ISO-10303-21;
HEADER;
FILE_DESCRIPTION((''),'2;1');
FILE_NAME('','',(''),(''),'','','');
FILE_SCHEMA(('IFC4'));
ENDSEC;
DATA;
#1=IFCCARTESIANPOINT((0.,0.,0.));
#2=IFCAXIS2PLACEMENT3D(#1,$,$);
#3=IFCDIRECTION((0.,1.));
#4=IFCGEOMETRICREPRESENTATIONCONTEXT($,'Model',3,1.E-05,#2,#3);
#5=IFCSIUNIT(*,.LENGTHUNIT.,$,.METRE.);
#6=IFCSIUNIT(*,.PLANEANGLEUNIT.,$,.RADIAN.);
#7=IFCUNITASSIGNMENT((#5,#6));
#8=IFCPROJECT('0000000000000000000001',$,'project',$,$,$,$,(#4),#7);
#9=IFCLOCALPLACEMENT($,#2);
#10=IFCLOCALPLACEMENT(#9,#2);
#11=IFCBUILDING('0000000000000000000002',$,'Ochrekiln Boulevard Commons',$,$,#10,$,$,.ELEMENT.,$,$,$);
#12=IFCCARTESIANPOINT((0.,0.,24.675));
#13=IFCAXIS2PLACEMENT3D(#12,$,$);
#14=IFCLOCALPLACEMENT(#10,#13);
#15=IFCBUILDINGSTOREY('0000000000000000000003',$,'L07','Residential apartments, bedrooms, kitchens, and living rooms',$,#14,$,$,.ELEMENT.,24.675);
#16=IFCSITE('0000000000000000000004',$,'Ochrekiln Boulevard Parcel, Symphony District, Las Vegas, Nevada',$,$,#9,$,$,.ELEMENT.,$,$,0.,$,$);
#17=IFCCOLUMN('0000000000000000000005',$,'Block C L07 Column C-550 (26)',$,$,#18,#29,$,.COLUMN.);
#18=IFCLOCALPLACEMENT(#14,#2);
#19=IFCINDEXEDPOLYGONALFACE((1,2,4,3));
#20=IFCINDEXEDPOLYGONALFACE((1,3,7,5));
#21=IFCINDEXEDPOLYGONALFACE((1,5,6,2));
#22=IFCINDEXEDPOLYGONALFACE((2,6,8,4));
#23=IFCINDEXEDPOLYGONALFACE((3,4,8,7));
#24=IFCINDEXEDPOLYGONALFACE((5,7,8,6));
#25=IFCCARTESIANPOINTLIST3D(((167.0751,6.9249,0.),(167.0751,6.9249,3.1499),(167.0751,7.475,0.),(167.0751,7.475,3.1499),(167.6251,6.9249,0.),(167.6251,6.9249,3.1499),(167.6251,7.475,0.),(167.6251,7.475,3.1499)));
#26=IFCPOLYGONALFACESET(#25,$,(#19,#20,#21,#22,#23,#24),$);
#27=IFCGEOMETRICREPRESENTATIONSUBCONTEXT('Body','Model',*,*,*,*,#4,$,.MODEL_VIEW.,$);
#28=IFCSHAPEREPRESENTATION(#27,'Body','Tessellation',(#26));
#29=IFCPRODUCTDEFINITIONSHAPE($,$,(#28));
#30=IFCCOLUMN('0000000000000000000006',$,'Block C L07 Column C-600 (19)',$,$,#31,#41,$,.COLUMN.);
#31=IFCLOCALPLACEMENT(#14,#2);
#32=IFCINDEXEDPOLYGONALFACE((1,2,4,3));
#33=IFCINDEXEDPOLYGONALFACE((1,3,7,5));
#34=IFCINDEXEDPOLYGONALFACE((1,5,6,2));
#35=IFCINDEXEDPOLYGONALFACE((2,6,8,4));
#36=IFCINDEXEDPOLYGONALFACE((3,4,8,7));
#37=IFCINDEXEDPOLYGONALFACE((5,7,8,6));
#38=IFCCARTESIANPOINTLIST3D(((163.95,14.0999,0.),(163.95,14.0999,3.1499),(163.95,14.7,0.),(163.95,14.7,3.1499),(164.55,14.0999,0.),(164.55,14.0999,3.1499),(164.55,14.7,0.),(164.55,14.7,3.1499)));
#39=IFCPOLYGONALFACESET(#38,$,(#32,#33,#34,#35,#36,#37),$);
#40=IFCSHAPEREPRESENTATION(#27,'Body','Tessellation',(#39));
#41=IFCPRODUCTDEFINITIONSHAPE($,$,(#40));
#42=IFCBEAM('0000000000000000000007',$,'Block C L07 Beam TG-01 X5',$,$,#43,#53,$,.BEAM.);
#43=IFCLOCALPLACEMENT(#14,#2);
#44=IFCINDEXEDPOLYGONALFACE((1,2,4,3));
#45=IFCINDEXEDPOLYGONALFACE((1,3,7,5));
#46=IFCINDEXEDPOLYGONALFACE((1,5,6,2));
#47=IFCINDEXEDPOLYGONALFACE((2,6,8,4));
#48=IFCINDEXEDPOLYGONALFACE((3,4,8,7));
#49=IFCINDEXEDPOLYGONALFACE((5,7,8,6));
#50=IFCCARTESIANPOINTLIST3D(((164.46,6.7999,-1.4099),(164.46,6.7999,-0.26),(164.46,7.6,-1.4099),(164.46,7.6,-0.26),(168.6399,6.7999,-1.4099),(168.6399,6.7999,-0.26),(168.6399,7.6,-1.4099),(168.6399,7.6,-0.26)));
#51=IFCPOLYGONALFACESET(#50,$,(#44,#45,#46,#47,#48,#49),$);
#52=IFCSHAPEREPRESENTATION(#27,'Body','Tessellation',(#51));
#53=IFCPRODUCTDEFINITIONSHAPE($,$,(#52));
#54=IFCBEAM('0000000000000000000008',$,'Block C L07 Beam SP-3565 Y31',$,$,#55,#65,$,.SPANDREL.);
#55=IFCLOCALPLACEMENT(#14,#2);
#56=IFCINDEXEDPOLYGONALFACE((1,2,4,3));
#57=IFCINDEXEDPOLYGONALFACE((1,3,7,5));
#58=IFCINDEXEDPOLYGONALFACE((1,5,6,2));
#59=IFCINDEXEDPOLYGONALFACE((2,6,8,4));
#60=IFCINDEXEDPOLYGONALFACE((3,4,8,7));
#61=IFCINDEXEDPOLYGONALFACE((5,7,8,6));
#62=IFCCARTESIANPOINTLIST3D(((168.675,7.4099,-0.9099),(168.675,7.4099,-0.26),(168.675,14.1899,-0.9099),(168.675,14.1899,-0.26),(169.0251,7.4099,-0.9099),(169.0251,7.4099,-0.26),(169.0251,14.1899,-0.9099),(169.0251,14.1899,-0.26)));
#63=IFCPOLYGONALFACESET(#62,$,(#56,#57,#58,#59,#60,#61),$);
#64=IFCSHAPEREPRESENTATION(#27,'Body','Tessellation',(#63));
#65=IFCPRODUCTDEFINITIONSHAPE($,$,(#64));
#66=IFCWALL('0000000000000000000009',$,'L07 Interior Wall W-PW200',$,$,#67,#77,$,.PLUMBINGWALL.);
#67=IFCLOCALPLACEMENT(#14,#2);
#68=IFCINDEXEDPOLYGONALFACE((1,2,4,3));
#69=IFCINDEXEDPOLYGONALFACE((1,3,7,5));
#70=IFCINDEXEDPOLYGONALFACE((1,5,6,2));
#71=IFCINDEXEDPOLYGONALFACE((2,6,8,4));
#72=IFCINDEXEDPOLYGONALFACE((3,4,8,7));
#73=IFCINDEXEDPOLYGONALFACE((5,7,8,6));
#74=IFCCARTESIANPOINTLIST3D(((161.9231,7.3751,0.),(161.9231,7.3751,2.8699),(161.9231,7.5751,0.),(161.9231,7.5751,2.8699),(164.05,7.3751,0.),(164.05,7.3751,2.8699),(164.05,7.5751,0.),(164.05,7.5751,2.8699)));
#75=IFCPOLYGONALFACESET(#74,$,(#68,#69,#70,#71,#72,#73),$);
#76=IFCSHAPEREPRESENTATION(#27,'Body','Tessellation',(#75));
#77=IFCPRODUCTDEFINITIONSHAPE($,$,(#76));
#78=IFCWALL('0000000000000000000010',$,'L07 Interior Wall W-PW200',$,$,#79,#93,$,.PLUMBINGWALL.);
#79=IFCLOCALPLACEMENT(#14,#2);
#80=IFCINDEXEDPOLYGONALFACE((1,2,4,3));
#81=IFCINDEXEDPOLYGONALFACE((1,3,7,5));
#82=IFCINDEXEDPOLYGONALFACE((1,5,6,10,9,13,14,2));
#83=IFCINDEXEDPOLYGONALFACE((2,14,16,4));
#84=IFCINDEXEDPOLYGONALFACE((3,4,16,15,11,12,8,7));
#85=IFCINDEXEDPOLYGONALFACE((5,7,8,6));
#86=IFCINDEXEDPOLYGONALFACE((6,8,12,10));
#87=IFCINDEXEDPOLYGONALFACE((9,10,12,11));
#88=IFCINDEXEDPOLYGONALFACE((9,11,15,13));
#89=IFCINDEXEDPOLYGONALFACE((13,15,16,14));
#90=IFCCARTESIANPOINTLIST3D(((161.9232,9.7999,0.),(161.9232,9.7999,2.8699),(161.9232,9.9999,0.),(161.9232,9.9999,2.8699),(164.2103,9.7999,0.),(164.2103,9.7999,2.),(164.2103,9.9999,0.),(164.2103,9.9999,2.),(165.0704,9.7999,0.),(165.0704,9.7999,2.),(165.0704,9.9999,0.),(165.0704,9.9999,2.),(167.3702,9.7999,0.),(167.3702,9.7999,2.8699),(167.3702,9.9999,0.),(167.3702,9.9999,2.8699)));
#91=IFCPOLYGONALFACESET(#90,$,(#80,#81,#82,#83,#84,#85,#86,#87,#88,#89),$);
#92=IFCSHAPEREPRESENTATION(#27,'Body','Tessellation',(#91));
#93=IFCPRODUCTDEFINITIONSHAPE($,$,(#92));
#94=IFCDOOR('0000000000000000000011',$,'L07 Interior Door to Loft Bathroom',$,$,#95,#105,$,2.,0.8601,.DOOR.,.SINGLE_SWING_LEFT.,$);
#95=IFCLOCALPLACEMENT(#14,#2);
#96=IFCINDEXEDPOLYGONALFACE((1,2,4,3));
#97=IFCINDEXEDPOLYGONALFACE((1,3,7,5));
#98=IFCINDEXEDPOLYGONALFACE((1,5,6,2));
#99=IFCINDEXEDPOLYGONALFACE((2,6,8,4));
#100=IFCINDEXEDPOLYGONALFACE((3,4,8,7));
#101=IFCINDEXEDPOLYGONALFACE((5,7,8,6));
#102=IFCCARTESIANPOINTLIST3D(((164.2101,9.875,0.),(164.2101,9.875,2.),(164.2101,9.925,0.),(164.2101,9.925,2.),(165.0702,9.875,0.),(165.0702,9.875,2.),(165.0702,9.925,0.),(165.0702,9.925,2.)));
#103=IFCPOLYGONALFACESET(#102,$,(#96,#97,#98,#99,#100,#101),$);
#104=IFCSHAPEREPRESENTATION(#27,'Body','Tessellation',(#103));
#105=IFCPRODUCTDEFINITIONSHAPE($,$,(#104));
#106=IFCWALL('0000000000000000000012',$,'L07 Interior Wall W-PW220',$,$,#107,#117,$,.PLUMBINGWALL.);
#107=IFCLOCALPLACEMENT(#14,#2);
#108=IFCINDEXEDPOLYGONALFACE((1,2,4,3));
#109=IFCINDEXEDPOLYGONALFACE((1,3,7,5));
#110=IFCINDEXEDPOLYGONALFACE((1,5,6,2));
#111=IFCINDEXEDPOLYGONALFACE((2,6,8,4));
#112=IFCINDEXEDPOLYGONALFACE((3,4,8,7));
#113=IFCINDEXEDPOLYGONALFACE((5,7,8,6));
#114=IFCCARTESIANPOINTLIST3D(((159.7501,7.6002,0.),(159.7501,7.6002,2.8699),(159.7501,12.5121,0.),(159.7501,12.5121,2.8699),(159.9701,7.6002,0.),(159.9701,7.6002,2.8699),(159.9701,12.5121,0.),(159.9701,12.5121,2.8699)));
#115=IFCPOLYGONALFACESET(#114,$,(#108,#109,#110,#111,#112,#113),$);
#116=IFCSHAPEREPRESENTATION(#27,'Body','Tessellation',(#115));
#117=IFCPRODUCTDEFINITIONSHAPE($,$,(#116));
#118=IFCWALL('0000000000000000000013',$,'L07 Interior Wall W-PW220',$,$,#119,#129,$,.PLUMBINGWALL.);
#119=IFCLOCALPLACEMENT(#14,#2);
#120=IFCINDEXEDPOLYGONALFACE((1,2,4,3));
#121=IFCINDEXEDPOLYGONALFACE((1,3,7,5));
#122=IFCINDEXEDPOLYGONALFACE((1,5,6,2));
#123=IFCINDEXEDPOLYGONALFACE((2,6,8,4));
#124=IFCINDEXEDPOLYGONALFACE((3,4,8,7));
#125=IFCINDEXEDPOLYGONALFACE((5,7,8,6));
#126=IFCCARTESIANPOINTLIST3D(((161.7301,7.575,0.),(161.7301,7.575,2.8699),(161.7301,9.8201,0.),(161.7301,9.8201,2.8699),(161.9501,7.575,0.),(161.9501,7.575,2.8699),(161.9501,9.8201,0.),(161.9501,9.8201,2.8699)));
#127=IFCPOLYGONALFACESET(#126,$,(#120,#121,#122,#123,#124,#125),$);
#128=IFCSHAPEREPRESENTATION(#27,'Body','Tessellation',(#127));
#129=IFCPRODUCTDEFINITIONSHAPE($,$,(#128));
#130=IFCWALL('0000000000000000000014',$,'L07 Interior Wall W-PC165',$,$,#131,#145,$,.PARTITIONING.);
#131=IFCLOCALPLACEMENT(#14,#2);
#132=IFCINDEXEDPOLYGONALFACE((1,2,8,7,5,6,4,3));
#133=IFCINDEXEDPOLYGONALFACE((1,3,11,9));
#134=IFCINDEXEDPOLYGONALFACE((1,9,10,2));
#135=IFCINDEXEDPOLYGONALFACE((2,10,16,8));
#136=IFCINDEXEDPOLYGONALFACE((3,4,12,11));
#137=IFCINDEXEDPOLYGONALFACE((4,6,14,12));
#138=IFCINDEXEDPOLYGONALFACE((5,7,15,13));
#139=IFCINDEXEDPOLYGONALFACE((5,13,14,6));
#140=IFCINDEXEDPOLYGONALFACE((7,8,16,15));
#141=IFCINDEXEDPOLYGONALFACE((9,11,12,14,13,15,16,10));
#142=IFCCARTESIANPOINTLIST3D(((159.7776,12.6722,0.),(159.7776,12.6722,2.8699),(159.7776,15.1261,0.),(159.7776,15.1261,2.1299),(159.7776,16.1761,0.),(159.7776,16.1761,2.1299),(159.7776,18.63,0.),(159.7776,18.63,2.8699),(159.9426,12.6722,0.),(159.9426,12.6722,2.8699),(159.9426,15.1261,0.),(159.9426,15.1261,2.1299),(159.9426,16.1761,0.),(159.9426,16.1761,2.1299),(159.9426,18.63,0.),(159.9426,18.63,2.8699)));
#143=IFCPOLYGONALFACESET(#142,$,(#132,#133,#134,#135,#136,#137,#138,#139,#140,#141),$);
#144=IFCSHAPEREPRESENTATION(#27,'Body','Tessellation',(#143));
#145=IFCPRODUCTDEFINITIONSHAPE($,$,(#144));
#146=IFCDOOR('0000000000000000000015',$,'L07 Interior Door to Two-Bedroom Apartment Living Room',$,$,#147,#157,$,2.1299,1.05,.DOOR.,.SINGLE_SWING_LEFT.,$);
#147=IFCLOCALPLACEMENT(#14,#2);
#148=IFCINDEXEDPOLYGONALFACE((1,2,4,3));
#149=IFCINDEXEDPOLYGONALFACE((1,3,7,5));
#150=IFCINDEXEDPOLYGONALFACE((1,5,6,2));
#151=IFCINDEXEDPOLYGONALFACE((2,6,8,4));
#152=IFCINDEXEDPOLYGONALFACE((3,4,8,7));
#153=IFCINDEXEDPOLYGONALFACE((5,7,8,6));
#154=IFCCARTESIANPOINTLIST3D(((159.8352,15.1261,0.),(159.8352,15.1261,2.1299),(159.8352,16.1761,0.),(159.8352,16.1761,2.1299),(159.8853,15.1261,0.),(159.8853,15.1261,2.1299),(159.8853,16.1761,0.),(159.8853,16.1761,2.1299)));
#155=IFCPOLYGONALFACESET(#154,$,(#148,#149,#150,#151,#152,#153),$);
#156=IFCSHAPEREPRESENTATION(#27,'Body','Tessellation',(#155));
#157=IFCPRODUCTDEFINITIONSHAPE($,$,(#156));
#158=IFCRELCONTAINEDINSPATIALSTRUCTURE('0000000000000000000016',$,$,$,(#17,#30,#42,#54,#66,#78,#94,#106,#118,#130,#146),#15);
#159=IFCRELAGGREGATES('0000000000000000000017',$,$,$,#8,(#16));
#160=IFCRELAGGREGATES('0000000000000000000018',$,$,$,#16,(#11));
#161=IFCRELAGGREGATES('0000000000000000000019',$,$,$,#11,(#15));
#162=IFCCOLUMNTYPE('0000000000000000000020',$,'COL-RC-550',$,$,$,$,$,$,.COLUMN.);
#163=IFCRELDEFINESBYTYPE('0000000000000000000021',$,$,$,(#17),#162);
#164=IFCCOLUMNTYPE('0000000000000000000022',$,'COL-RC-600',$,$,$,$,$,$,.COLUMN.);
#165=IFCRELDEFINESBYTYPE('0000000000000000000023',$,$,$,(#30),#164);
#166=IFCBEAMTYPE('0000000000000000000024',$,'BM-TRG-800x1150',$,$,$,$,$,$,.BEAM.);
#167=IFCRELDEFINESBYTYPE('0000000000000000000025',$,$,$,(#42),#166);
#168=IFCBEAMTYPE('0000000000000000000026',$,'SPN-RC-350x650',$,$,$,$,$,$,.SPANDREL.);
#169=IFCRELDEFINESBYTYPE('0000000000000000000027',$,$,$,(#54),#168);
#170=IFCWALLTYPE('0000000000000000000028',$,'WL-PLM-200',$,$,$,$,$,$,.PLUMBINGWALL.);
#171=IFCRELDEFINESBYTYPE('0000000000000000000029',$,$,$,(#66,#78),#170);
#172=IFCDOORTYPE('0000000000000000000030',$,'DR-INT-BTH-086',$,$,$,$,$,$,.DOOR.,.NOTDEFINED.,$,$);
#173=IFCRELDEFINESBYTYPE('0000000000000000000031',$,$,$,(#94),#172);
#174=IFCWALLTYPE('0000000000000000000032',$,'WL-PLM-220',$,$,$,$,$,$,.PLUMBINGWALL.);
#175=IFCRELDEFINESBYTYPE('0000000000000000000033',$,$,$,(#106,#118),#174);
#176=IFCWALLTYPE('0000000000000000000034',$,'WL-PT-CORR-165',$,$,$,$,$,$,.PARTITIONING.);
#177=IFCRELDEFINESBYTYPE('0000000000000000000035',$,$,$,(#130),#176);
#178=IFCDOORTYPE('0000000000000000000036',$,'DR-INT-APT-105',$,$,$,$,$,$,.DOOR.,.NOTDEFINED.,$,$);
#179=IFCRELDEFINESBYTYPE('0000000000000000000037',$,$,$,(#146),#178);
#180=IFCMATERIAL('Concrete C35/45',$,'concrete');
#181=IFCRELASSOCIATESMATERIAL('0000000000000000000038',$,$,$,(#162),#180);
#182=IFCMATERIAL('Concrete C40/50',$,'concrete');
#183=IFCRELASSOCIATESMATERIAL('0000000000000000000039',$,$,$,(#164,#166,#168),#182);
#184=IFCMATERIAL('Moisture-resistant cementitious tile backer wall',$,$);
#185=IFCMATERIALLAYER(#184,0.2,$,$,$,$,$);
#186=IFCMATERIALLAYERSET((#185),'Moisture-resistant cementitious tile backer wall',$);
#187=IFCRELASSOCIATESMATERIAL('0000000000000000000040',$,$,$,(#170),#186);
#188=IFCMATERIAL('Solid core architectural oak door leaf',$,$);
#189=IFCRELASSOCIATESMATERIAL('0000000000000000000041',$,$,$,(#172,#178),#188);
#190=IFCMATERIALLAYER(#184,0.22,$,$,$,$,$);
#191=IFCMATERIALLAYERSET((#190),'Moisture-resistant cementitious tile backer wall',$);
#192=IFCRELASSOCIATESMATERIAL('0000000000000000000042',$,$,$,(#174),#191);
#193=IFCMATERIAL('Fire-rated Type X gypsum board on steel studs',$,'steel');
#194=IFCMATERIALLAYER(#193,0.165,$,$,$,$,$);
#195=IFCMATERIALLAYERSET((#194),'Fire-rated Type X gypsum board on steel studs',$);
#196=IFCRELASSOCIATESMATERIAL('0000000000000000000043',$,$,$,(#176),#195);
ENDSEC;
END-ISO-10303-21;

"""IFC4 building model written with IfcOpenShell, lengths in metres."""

from ifc_helpers import new_model, si_unit, direction, frame, frame_2d, origin, origin_2d, place, context, subcontext, project, spatial, rectangle, extrude, material, layer, layer_set, material_profile, profile_set, type_object, element, fill, save


model = new_model("IFC4")

# Units and contexts
model_context = context("Model", 3, precision=1e-05, world=origin(), true_north=direction((0.0, 1.0)))
body_context = subcontext(model_context, "Body", "Model", "MODEL_VIEW")
ifc_project = project(units=[si_unit("LENGTHUNIT", "METRE"), si_unit("PLANEANGLEUNIT", "RADIAN")], contexts=[model_context])

# Site, building, storey
site_placement = place(None, origin())
site = spatial("IfcSite", under=ifc_project, at=site_placement, Name="Ochrekiln Boulevard Parcel, Symphony District, Las Vegas, Nevada", CompositionType="ELEMENT", RefElevation=0.0)
building_placement = place(site_placement, origin())
building = spatial("IfcBuilding", under=site, at=building_placement, Name="Ochrekiln Boulevard Commons", CompositionType="ELEMENT")
storey_placement = place(building_placement, frame((0.0, 0.0, 24.675)))
storey = spatial("IfcBuildingStorey", under=building, at=storey_placement, Name="L07", Description="Residential apartments, bedrooms, kitchens, and living rooms", CompositionType="ELEMENT", Elevation=24.675)

# Columns
ifc_material_1 = material(Name="Concrete C35/45", Category="concrete")
ifc_material_profile_1 = material_profile(ifc_material_1, rectangle(XDim=0.55, YDim=0.55, at=origin_2d()), Name="RC-COL-550x550")
ifc_profile_set_1 = profile_set([ifc_material_profile_1], Name="Concrete C35/45")
column_type_1 = type_object("IfcColumnType", Name="COL-RC-550", PredefinedType="COLUMN", material=ifc_profile_set_1)
column_1_placement = place(storey_placement, frame((167.3501, 7.2, 0.0), z_axis=(0.0, 0.0, 1.0), x_axis=(1.0, 0.0, 0.0)))
element("IfcColumn", 1, at=column_1_placement, inside=storey, type_object=column_type_1, Name="Block C L07 Column C-550 (26)", PredefinedType="COLUMN", context=body_context, shape_type="SweptSolid", body=[
    extrude(rectangle(XDim=0.55, YDim=0.55, at=origin_2d()), origin(), (0.0, 0.0, 1.0), 3.1499),
])
ifc_material_2 = material(Name="Concrete C40/50", Category="concrete")
ifc_material_profile_2 = material_profile(ifc_material_2, rectangle(XDim=0.6001, YDim=0.6001, at=origin_2d()), Name="RC-COL-600x600")
ifc_profile_set_2 = profile_set([ifc_material_profile_2], Name="Concrete C40/50")
column_type_2 = type_object("IfcColumnType", Name="COL-RC-600", PredefinedType="COLUMN", material=ifc_profile_set_2)
column_2_placement = place(storey_placement, frame((164.25, 14.3999, 0.0), z_axis=(0.0, 0.0, 1.0), x_axis=(1.0, 0.0, 0.0)))
element("IfcColumn", 2, at=column_2_placement, inside=storey, type_object=column_type_2, Name="Block C L07 Column C-600 (19)", PredefinedType="COLUMN", context=body_context, shape_type="SweptSolid", body=[
    extrude(rectangle(XDim=0.6001, YDim=0.6001, at=origin_2d()), origin(), (0.0, 0.0, 1.0), 3.1499),
])

# Beams
ifc_material_profile_3 = material_profile(ifc_material_2, rectangle(XDim=0.8, YDim=1.1499, at=origin_2d()), Name="RC-TRG-800x1150")
ifc_profile_set_3 = profile_set([ifc_material_profile_3], Name="Concrete C40/50")
beam_type_1 = type_object("IfcBeamType", Name="BM-TRG-800x1150", PredefinedType="BEAM", material=ifc_profile_set_3)
beam_1_placement = place(storey_placement, frame((164.46, 7.2, -0.835), z_axis=(1.0, 0.0, 0.0), x_axis=(0.0, 1.0, 0.0)))
element("IfcBeam", 3, at=beam_1_placement, inside=storey, type_object=beam_type_1, Name="Block C L07 Beam TG-01 X5", PredefinedType="BEAM", context=body_context, shape_type="SweptSolid", body=[
    extrude(rectangle(XDim=0.8, YDim=1.1499, at=origin_2d()), origin(), (0.0, 0.0, 1.0), 4.1799),
])
ifc_material_profile_4 = material_profile(ifc_material_2, rectangle(XDim=0.3501, YDim=0.6499, at=origin_2d()), Name="RC-SPN-350x650")
ifc_profile_set_4 = profile_set([ifc_material_profile_4], Name="Concrete C40/50")
beam_type_2 = type_object("IfcBeamType", Name="SPN-RC-350x650", PredefinedType="SPANDREL", material=ifc_profile_set_4)
beam_2_placement = place(storey_placement, frame((168.8501, 7.4099, -0.585), z_axis=(0.0, 1.0, 0.0), x_axis=(-1.0, 0.0, 0.0)))
element("IfcBeam", 4, at=beam_2_placement, inside=storey, type_object=beam_type_2, Name="Block C L07 Beam SP-3565 Y31", PredefinedType="SPANDREL", context=body_context, shape_type="SweptSolid", body=[
    extrude(rectangle(XDim=0.3501, YDim=0.6499, at=origin_2d()), origin(), (0.0, 0.0, 1.0), 6.78),
])

# Wall
ifc_material_3 = material(Name="Moisture-resistant cementitious tile backer wall")
ifc_layer_1 = layer(ifc_material_3, 0.2)
ifc_layer_set_1 = layer_set([ifc_layer_1], Name="Moisture-resistant cementitious tile backer wall")
wall_type_1 = type_object("IfcWallType", Name="WL-PLM-200", PredefinedType="PLUMBINGWALL", material=ifc_layer_set_1)
wall_1_placement = place(storey_placement, frame((161.9231, 7.4751, 0.0), z_axis=(0.0, 0.0, 1.0), x_axis=(1.0, 0.0, 0.0)))
element("IfcWall", 5, at=wall_1_placement, inside=storey, type_object=wall_type_1, Name="L07 Interior Wall W-PW200", PredefinedType="PLUMBINGWALL", context=body_context, shape_type="SweptSolid", body=[
    extrude(rectangle(XDim=2.127, YDim=0.2, at=frame_2d((1.0635, 0.0))), origin(), (0.0, 0.0, 1.0), 2.8699),
])

# Wall, opening, door
wall_2_placement = place(storey_placement, frame((161.9231, 9.8999, 0.0), z_axis=(0.0, 0.0, 1.0), x_axis=(1.0, 0.0, 0.0)))
wall_2 = element("IfcWall", 6, at=wall_2_placement, inside=storey, type_object=wall_type_1, Name="L07 Interior Wall W-PW200", PredefinedType="PLUMBINGWALL", context=body_context, shape_type="SweptSolid", body=[
    extrude(rectangle(XDim=5.447, YDim=0.2, at=frame_2d((2.7236, 0.0))), origin(), (0.0, 0.0, 1.0), 2.8699),
])
opening_1_placement = place(wall_2_placement, frame((2.2871, 0.0, 0.0)))
opening_1 = element("IfcOpeningElement", 7, at=opening_1_placement, cuts=wall_2, PredefinedType="OPENING", context=body_context, shape_type="SweptSolid", body=[
    extrude(rectangle(XDim=0.8601, YDim=2.0, at=frame_2d((0.4302, 1.0))), frame((0.0, 0.1099, 0.0), z_axis=(0.0, -1.0, 0.0), x_axis=(1.0, 0.0, 0.0)), (0.0, 0.0, 1.0), 0.22),
])
ifc_material_4 = material(Name="Solid core architectural oak door leaf")
door_type_1 = type_object("IfcDoorType", Name="DR-INT-BTH-086", OperationType="NOTDEFINED", PredefinedType="DOOR", material=ifc_material_4)
door_1_placement = place(opening_1_placement, frame((0.8601, 0.0, 0.0), z_axis=(0.0, 0.0, 1.0), x_axis=(-1.0, 0.0, 0.0)))
door_1 = element("IfcDoor", 8, at=door_1_placement, inside=storey, type_object=door_type_1, Name="L07 Interior Door to Loft Bathroom", OperationType="SINGLE_SWING_LEFT", OverallHeight=2.0, OverallWidth=0.8601, PredefinedType="DOOR", context=body_context, shape_type="SweptSolid", body=[
    extrude(rectangle(XDim=0.8601, YDim=2.0, at=frame_2d((0.4302, 1.0))), frame((0.0, 0.0249, 0.0), z_axis=(0.0, -1.0, 0.0), x_axis=(1.0, 0.0, 0.0)), (0.0, 0.0, 1.0), 0.05),
])
fill(opening_1, door_1)

# Walls
ifc_layer_2 = layer(ifc_material_3, 0.22)
ifc_layer_set_2 = layer_set([ifc_layer_2], Name="Moisture-resistant cementitious tile backer wall")
wall_type_2 = type_object("IfcWallType", Name="WL-PLM-220", PredefinedType="PLUMBINGWALL", material=ifc_layer_set_2)
wall_3_placement = place(storey_placement, frame((159.8601, 7.6001, 0.0), z_axis=(0.0, 0.0, 1.0), x_axis=(0.0, 1.0, 0.0)))
element("IfcWall", 9, at=wall_3_placement, inside=storey, type_object=wall_type_2, Name="L07 Interior Wall W-PW220", PredefinedType="PLUMBINGWALL", context=body_context, shape_type="SweptSolid", body=[
    extrude(rectangle(XDim=4.9119, YDim=0.22, at=frame_2d((2.4561, 0.0))), origin(), (0.0, 0.0, 1.0), 2.8699),
])
wall_4_placement = place(storey_placement, frame((161.8401, 7.575, 0.0), z_axis=(0.0, 0.0, 1.0), x_axis=(0.0, 1.0, 0.0)))
element("IfcWall", 10, at=wall_4_placement, inside=storey, type_object=wall_type_2, Name="L07 Interior Wall W-PW220", PredefinedType="PLUMBINGWALL", context=body_context, shape_type="SweptSolid", body=[
    extrude(rectangle(XDim=2.2451, YDim=0.22, at=frame_2d((1.1226, 0.0))), origin(), (0.0, 0.0, 1.0), 2.8699),
])

# Wall, opening, door
ifc_material_5 = material(Name="Fire-rated Type X gypsum board on steel studs", Category="steel")
ifc_layer_3 = layer(ifc_material_5, 0.165)
ifc_layer_set_3 = layer_set([ifc_layer_3], Name="Fire-rated Type X gypsum board on steel studs")
wall_type_3 = type_object("IfcWallType", Name="WL-PT-CORR-165", PredefinedType="PARTITIONING", material=ifc_layer_set_3)
wall_5_placement = place(storey_placement, frame((159.8601, 12.6721, 0.0), z_axis=(0.0, 0.0, 1.0), x_axis=(0.0, 1.0, 0.0)))
wall_5 = element("IfcWall", 11, at=wall_5_placement, inside=storey, type_object=wall_type_3, Name="L07 Interior Wall W-PC165", PredefinedType="PARTITIONING", context=body_context, shape_type="SweptSolid", body=[
    extrude(rectangle(XDim=5.9578, YDim=0.165, at=frame_2d((2.979, 0.0))), origin(), (0.0, 0.0, 1.0), 2.8699),
])
opening_2_placement = place(wall_5_placement, frame((2.4541, 0.0, 0.0)))
opening_2 = element("IfcOpeningElement", 12, at=opening_2_placement, cuts=wall_5, PredefinedType="OPENING", context=body_context, shape_type="SweptSolid", body=[
    extrude(rectangle(XDim=1.05, YDim=2.1299, at=frame_2d((0.5249, 1.0649))), frame((0.0, 0.0925, 0.0), z_axis=(0.0, -1.0, 0.0), x_axis=(1.0, 0.0, 0.0)), (0.0, 0.0, 1.0), 0.1851),
])
door_type_2 = type_object("IfcDoorType", Name="DR-INT-APT-105", OperationType="NOTDEFINED", PredefinedType="DOOR", material=ifc_material_4)
door_2_placement = place(opening_2_placement, origin())
door_2 = element("IfcDoor", 13, at=door_2_placement, inside=storey, type_object=door_type_2, Name="L07 Interior Door to Two-Bedroom Apartment Living Room", OperationType="SINGLE_SWING_LEFT", OverallHeight=2.1299, OverallWidth=1.05, PredefinedType="DOOR", context=body_context, shape_type="SweptSolid", body=[
    extrude(rectangle(XDim=1.05, YDim=2.1299, at=frame_2d((0.5249, 1.0649))), frame((0.0, 0.0249, 0.0), z_axis=(0.0, -1.0, 0.0), x_axis=(1.0, 0.0, 0.0)), (0.0, 0.0, 1.0), 0.05),
])
fill(opening_2, door_2)

save(model, "model.ifc")
